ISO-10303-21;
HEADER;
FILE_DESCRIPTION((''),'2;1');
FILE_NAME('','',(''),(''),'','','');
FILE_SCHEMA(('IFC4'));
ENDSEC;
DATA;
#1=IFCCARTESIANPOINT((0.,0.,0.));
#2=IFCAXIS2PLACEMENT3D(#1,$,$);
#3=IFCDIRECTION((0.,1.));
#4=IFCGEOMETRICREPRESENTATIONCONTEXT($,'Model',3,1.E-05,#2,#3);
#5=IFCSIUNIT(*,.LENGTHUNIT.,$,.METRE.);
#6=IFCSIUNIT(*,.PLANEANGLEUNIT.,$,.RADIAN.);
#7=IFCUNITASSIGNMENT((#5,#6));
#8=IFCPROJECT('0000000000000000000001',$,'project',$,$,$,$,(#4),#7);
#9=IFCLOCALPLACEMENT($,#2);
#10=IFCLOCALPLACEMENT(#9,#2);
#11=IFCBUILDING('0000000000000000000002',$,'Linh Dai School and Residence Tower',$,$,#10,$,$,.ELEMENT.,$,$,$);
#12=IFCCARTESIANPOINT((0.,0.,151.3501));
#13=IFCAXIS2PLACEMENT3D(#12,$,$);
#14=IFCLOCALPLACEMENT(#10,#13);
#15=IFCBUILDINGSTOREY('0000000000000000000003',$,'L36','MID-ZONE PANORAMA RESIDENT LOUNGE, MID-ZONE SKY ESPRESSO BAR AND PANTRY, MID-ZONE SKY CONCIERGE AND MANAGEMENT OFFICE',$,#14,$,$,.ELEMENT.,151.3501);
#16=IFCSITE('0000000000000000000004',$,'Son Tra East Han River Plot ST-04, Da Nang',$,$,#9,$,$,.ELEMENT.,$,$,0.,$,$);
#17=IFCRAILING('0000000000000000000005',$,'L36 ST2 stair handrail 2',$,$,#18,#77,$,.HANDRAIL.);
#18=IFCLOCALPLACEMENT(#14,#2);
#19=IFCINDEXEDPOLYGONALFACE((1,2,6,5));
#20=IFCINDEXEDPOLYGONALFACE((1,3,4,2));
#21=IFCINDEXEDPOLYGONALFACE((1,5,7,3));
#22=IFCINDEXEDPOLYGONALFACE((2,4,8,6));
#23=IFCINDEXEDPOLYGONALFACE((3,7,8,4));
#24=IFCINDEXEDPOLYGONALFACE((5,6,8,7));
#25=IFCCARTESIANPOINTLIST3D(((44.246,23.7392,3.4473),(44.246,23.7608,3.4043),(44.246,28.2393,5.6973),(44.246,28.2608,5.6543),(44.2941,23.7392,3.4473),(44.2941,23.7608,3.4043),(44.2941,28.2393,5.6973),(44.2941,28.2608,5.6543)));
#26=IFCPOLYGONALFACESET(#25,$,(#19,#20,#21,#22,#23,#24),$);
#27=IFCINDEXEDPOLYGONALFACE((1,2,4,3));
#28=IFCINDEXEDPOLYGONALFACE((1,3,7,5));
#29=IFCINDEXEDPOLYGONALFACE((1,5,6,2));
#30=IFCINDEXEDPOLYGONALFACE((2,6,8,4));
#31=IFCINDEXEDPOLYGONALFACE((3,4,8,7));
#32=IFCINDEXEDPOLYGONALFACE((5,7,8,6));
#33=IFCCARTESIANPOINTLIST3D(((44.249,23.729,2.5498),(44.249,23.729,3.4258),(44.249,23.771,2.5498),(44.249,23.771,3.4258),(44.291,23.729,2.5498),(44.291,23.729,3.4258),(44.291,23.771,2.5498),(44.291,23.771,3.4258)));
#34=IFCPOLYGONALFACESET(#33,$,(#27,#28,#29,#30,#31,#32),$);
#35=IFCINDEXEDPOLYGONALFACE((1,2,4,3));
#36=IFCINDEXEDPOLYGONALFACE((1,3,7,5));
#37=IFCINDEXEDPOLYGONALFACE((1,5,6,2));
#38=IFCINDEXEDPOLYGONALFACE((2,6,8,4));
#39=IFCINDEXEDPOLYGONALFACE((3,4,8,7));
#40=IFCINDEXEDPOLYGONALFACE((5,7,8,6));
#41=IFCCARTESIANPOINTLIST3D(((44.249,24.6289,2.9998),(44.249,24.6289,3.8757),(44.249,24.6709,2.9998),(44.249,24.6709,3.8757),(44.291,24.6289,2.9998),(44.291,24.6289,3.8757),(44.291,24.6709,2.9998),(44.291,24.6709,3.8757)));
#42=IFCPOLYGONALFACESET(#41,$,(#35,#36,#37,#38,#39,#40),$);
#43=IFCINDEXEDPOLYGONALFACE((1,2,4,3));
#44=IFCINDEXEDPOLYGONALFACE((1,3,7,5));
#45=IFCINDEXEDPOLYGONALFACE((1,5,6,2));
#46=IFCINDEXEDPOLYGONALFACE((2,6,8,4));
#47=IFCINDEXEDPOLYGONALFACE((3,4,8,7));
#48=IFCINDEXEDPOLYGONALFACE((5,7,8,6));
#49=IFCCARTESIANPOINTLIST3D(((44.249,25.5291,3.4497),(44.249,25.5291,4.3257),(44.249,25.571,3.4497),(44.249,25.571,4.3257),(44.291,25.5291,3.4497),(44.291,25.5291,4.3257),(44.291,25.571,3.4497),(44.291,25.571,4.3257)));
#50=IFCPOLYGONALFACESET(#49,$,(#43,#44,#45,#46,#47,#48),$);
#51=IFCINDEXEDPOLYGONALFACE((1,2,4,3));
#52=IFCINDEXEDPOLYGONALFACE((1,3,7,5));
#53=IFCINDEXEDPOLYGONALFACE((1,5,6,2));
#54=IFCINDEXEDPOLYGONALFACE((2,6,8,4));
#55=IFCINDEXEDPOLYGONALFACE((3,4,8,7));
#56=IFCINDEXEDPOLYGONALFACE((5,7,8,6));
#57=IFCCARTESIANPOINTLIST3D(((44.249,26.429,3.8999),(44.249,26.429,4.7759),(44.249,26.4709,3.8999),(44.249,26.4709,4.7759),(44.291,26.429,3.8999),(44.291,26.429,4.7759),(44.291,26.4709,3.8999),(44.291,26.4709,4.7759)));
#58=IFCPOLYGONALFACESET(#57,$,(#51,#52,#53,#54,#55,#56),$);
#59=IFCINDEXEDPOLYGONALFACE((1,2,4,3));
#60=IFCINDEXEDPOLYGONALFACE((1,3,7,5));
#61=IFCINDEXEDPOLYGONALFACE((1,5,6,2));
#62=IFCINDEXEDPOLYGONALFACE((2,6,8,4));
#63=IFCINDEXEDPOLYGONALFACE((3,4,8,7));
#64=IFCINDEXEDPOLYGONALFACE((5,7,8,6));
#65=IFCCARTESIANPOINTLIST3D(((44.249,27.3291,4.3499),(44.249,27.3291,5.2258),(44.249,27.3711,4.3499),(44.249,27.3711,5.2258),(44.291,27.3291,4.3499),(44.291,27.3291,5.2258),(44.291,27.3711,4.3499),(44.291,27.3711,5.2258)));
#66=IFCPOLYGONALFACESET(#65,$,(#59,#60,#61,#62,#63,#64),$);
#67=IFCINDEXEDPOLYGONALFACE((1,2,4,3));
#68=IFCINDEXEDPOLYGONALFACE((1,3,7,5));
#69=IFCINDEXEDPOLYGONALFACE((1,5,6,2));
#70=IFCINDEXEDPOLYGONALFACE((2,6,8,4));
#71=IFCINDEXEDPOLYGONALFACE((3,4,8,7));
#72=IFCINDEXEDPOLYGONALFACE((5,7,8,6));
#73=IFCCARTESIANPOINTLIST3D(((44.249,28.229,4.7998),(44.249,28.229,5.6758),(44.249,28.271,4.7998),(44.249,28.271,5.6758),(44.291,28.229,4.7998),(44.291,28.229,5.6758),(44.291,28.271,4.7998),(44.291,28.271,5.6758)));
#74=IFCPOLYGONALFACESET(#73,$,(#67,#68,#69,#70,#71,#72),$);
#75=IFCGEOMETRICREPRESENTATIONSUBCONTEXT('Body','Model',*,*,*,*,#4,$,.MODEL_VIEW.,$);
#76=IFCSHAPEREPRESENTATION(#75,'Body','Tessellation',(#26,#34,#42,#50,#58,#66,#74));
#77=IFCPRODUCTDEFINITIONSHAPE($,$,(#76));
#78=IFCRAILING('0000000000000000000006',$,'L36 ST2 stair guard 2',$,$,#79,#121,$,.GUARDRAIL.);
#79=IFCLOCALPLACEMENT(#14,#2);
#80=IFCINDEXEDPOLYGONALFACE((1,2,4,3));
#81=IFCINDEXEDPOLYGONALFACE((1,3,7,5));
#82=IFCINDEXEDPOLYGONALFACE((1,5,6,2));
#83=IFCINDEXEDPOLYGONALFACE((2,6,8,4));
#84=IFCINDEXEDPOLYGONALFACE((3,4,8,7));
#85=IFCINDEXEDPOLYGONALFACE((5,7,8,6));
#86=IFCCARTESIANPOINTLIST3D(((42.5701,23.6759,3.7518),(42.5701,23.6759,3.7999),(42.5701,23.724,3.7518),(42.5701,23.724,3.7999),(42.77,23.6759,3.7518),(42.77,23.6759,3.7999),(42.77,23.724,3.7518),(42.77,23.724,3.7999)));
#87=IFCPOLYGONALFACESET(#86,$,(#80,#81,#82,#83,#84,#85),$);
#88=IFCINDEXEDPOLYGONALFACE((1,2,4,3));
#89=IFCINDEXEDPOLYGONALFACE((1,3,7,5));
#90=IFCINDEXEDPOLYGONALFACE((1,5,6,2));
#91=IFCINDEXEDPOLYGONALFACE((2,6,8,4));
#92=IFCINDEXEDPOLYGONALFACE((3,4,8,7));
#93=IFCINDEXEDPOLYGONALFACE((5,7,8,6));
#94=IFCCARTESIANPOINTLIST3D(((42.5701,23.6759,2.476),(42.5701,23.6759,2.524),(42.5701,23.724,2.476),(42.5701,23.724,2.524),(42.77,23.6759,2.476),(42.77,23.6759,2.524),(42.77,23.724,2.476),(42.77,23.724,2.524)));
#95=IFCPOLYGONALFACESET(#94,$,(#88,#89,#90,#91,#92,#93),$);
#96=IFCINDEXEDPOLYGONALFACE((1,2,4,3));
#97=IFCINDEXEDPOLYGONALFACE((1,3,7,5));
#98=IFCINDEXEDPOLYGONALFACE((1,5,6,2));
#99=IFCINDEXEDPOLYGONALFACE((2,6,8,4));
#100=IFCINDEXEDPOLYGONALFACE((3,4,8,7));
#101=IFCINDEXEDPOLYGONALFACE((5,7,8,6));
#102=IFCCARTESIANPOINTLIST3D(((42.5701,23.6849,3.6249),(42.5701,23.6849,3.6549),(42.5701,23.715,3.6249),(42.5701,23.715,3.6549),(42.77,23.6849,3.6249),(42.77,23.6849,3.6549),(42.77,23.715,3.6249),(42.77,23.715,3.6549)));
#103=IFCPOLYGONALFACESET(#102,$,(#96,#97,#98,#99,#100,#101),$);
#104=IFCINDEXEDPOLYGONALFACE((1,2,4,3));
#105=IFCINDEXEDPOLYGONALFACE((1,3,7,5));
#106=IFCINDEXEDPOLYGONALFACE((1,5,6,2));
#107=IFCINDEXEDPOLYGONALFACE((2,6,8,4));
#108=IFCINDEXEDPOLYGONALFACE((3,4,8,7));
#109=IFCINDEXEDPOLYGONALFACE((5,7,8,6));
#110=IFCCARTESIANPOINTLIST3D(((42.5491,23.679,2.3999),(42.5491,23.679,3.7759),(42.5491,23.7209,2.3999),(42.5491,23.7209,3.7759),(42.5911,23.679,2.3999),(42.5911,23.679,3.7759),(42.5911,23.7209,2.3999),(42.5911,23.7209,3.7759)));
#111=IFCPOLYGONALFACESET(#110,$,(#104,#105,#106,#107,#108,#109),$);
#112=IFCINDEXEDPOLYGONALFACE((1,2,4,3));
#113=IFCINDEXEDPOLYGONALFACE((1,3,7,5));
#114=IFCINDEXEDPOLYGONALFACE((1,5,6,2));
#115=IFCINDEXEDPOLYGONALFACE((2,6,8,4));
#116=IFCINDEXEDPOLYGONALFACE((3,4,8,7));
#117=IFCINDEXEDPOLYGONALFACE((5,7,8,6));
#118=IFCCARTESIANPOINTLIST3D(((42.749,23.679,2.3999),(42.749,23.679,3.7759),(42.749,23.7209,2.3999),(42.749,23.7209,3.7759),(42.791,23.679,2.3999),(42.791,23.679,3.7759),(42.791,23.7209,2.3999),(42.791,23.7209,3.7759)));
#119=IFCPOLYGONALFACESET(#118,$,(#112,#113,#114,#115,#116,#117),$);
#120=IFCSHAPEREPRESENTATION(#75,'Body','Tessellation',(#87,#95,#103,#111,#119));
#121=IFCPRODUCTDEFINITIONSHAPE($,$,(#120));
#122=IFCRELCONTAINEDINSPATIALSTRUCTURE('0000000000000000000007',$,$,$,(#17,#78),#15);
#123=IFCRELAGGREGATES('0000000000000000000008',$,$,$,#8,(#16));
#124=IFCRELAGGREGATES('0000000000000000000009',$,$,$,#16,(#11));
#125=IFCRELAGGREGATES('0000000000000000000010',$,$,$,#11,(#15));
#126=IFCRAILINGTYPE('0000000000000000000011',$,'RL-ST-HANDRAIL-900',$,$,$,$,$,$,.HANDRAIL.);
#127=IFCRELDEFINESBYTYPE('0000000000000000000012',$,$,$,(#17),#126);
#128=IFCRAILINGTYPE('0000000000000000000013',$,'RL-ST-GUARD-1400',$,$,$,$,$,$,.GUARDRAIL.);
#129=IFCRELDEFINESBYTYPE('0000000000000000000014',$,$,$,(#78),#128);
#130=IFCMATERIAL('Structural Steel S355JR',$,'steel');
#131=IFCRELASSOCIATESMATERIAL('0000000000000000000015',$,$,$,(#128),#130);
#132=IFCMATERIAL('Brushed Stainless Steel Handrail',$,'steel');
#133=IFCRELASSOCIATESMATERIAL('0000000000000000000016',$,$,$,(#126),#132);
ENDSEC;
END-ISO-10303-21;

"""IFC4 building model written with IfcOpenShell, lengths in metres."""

from ifc_helpers import new_model, si_unit, direction, frame, origin, origin_2d, place, context, subcontext, project, spatial, rectangle, extrude, source, transform, mapped, material, type_object, element, save


model = new_model("IFC4")

# Units and contexts
model_context = context("Model", 3, precision=1e-05, world=origin(), true_north=direction((0.0, 1.0)))
body_context = subcontext(model_context, "Body", "Model", "MODEL_VIEW")
ifc_project = project(units=[si_unit("LENGTHUNIT", "METRE"), si_unit("PLANEANGLEUNIT", "RADIAN")], contexts=[model_context])

# Site, building, storey
site_placement = place(None, origin())
site = spatial("IfcSite", under=ifc_project, at=site_placement, Name="Son Tra East Han River Plot ST-04, Da Nang", CompositionType="ELEMENT", RefElevation=0.0)
building_placement = place(site_placement, origin())
building = spatial("IfcBuilding", under=site, at=building_placement, Name="Linh Dai School and Residence Tower", CompositionType="ELEMENT")
storey_placement = place(building_placement, frame((0.0, 0.0, 151.3501)))
storey = spatial("IfcBuildingStorey", under=building, at=storey_placement, Name="L36", Description="MID-ZONE PANORAMA RESIDENT LOUNGE, MID-ZONE SKY ESPRESSO BAR AND PANTRY, MID-ZONE SKY CONCIERGE AND MANAGEMENT OFFICE", CompositionType="ELEMENT", Elevation=151.3501)

# Shared definitions
ifc_material_1 = material(Name="Structural Steel S355JR", Category="steel")

# Railings
railing_type_1 = type_object("IfcRailingType", Name="RL-ST-GUARD-1400", PredefinedType="GUARDRAIL", material=ifc_material_1)
ifc_material_2 = material(Name="Brushed Stainless Steel Handrail", Category="steel")
railing_type_2 = type_object("IfcRailingType", Name="RL-ST-HANDRAIL-900", PredefinedType="HANDRAIL", material=ifc_material_2)
shared_shape_1 = source(origin(), body_context, "Body", "SweptSolid", [
    extrude(rectangle(XDim=0.0481, YDim=0.0481, at=origin_2d()), frame((0.0, 0.0, 0.876), z_axis=(0.0, 0.894427, 0.447214), x_axis=(-1.0, 0.0, 0.0)), (0.0, 0.0, 1.0), 5.0312),
    extrude(rectangle(XDim=0.042, YDim=0.042, at=origin_2d()), origin(), (0.0, 0.0, 1.0), 0.876),
    extrude(rectangle(XDim=0.042, YDim=0.042, at=origin_2d()), frame((0.0, 0.8999, 0.45)), (0.0, 0.0, 1.0), 0.876),
    extrude(rectangle(XDim=0.042, YDim=0.042, at=origin_2d()), frame((0.0, 1.8, 0.8999)), (0.0, 0.0, 1.0), 0.876),
    extrude(rectangle(XDim=0.042, YDim=0.042, at=origin_2d()), frame((0.0, 2.7, 1.3501)), (0.0, 0.0, 1.0), 0.876),
    extrude(rectangle(XDim=0.042, YDim=0.042, at=origin_2d()), frame((0.0, 3.6001, 1.8)), (0.0, 0.0, 1.0), 0.876),
    extrude(rectangle(XDim=0.042, YDim=0.042, at=origin_2d()), frame((0.0, 4.5, 2.25)), (0.0, 0.0, 1.0), 0.876),
])
railing_1_placement = place(storey_placement, frame((44.27, 23.75, 2.5498)))
element("IfcRailing", 1, at=railing_1_placement, inside=storey, type_object=railing_type_2, Name="L36 ST2 stair handrail 2", PredefinedType="HANDRAIL", context=body_context, shape_type="MappedRepresentation", body=[
    mapped(shared_shape_1, transform((0.0, 0.0, 0.0), x_axis=(1.0, 0.0, 0.0), y_axis=(0.0, 1.0, 0.0), z_axis=(0.0, 0.0, 1.0), scale=1.0)),
])
shared_shape_2 = source(origin(), body_context, "Body", "SweptSolid", [
    extrude(rectangle(XDim=0.0481, YDim=0.0481, at=origin_2d()), frame((0.0, 0.0, 1.376), z_axis=(1.0, 0.0, 0.0), x_axis=(0.0, 1.0, 0.0)), (0.0, 0.0, 1.0), 0.2),
    extrude(rectangle(XDim=0.0481, YDim=0.0481, at=origin_2d()), frame((0.0, 0.0, 0.1001), z_axis=(1.0, 0.0, 0.0), x_axis=(0.0, 1.0, 0.0)), (0.0, 0.0, 1.0), 0.2),
    extrude(rectangle(XDim=0.03, YDim=0.03, at=origin_2d()), frame((0.0, 0.0, 1.24), z_axis=(1.0, 0.0, 0.0), x_axis=(0.0, 1.0, 0.0)), (0.0, 0.0, 1.0), 0.2),
    extrude(rectangle(XDim=0.042, YDim=0.042, at=origin_2d()), origin(), (0.0, 0.0, 1.0), 1.376),
    extrude(rectangle(XDim=0.042, YDim=0.042, at=origin_2d()), frame((0.2, 0.0, 0.0)), (0.0, 0.0, 1.0), 1.376),
])
railing_2_placement = place(storey_placement, frame((42.5701, 23.7, 2.3999)))
element("IfcRailing", 2, at=railing_2_placement, inside=storey, type_object=railing_type_1, Name="L36 ST2 stair guard 2", PredefinedType="GUARDRAIL", context=body_context, shape_type="MappedRepresentation", body=[
    mapped(shared_shape_2, transform((0.0, 0.0, 0.0), x_axis=(1.0, 0.0, 0.0), y_axis=(0.0, 1.0, 0.0), z_axis=(0.0, 0.0, 1.0), scale=1.0)),
])

save(model, "model.ifc")
